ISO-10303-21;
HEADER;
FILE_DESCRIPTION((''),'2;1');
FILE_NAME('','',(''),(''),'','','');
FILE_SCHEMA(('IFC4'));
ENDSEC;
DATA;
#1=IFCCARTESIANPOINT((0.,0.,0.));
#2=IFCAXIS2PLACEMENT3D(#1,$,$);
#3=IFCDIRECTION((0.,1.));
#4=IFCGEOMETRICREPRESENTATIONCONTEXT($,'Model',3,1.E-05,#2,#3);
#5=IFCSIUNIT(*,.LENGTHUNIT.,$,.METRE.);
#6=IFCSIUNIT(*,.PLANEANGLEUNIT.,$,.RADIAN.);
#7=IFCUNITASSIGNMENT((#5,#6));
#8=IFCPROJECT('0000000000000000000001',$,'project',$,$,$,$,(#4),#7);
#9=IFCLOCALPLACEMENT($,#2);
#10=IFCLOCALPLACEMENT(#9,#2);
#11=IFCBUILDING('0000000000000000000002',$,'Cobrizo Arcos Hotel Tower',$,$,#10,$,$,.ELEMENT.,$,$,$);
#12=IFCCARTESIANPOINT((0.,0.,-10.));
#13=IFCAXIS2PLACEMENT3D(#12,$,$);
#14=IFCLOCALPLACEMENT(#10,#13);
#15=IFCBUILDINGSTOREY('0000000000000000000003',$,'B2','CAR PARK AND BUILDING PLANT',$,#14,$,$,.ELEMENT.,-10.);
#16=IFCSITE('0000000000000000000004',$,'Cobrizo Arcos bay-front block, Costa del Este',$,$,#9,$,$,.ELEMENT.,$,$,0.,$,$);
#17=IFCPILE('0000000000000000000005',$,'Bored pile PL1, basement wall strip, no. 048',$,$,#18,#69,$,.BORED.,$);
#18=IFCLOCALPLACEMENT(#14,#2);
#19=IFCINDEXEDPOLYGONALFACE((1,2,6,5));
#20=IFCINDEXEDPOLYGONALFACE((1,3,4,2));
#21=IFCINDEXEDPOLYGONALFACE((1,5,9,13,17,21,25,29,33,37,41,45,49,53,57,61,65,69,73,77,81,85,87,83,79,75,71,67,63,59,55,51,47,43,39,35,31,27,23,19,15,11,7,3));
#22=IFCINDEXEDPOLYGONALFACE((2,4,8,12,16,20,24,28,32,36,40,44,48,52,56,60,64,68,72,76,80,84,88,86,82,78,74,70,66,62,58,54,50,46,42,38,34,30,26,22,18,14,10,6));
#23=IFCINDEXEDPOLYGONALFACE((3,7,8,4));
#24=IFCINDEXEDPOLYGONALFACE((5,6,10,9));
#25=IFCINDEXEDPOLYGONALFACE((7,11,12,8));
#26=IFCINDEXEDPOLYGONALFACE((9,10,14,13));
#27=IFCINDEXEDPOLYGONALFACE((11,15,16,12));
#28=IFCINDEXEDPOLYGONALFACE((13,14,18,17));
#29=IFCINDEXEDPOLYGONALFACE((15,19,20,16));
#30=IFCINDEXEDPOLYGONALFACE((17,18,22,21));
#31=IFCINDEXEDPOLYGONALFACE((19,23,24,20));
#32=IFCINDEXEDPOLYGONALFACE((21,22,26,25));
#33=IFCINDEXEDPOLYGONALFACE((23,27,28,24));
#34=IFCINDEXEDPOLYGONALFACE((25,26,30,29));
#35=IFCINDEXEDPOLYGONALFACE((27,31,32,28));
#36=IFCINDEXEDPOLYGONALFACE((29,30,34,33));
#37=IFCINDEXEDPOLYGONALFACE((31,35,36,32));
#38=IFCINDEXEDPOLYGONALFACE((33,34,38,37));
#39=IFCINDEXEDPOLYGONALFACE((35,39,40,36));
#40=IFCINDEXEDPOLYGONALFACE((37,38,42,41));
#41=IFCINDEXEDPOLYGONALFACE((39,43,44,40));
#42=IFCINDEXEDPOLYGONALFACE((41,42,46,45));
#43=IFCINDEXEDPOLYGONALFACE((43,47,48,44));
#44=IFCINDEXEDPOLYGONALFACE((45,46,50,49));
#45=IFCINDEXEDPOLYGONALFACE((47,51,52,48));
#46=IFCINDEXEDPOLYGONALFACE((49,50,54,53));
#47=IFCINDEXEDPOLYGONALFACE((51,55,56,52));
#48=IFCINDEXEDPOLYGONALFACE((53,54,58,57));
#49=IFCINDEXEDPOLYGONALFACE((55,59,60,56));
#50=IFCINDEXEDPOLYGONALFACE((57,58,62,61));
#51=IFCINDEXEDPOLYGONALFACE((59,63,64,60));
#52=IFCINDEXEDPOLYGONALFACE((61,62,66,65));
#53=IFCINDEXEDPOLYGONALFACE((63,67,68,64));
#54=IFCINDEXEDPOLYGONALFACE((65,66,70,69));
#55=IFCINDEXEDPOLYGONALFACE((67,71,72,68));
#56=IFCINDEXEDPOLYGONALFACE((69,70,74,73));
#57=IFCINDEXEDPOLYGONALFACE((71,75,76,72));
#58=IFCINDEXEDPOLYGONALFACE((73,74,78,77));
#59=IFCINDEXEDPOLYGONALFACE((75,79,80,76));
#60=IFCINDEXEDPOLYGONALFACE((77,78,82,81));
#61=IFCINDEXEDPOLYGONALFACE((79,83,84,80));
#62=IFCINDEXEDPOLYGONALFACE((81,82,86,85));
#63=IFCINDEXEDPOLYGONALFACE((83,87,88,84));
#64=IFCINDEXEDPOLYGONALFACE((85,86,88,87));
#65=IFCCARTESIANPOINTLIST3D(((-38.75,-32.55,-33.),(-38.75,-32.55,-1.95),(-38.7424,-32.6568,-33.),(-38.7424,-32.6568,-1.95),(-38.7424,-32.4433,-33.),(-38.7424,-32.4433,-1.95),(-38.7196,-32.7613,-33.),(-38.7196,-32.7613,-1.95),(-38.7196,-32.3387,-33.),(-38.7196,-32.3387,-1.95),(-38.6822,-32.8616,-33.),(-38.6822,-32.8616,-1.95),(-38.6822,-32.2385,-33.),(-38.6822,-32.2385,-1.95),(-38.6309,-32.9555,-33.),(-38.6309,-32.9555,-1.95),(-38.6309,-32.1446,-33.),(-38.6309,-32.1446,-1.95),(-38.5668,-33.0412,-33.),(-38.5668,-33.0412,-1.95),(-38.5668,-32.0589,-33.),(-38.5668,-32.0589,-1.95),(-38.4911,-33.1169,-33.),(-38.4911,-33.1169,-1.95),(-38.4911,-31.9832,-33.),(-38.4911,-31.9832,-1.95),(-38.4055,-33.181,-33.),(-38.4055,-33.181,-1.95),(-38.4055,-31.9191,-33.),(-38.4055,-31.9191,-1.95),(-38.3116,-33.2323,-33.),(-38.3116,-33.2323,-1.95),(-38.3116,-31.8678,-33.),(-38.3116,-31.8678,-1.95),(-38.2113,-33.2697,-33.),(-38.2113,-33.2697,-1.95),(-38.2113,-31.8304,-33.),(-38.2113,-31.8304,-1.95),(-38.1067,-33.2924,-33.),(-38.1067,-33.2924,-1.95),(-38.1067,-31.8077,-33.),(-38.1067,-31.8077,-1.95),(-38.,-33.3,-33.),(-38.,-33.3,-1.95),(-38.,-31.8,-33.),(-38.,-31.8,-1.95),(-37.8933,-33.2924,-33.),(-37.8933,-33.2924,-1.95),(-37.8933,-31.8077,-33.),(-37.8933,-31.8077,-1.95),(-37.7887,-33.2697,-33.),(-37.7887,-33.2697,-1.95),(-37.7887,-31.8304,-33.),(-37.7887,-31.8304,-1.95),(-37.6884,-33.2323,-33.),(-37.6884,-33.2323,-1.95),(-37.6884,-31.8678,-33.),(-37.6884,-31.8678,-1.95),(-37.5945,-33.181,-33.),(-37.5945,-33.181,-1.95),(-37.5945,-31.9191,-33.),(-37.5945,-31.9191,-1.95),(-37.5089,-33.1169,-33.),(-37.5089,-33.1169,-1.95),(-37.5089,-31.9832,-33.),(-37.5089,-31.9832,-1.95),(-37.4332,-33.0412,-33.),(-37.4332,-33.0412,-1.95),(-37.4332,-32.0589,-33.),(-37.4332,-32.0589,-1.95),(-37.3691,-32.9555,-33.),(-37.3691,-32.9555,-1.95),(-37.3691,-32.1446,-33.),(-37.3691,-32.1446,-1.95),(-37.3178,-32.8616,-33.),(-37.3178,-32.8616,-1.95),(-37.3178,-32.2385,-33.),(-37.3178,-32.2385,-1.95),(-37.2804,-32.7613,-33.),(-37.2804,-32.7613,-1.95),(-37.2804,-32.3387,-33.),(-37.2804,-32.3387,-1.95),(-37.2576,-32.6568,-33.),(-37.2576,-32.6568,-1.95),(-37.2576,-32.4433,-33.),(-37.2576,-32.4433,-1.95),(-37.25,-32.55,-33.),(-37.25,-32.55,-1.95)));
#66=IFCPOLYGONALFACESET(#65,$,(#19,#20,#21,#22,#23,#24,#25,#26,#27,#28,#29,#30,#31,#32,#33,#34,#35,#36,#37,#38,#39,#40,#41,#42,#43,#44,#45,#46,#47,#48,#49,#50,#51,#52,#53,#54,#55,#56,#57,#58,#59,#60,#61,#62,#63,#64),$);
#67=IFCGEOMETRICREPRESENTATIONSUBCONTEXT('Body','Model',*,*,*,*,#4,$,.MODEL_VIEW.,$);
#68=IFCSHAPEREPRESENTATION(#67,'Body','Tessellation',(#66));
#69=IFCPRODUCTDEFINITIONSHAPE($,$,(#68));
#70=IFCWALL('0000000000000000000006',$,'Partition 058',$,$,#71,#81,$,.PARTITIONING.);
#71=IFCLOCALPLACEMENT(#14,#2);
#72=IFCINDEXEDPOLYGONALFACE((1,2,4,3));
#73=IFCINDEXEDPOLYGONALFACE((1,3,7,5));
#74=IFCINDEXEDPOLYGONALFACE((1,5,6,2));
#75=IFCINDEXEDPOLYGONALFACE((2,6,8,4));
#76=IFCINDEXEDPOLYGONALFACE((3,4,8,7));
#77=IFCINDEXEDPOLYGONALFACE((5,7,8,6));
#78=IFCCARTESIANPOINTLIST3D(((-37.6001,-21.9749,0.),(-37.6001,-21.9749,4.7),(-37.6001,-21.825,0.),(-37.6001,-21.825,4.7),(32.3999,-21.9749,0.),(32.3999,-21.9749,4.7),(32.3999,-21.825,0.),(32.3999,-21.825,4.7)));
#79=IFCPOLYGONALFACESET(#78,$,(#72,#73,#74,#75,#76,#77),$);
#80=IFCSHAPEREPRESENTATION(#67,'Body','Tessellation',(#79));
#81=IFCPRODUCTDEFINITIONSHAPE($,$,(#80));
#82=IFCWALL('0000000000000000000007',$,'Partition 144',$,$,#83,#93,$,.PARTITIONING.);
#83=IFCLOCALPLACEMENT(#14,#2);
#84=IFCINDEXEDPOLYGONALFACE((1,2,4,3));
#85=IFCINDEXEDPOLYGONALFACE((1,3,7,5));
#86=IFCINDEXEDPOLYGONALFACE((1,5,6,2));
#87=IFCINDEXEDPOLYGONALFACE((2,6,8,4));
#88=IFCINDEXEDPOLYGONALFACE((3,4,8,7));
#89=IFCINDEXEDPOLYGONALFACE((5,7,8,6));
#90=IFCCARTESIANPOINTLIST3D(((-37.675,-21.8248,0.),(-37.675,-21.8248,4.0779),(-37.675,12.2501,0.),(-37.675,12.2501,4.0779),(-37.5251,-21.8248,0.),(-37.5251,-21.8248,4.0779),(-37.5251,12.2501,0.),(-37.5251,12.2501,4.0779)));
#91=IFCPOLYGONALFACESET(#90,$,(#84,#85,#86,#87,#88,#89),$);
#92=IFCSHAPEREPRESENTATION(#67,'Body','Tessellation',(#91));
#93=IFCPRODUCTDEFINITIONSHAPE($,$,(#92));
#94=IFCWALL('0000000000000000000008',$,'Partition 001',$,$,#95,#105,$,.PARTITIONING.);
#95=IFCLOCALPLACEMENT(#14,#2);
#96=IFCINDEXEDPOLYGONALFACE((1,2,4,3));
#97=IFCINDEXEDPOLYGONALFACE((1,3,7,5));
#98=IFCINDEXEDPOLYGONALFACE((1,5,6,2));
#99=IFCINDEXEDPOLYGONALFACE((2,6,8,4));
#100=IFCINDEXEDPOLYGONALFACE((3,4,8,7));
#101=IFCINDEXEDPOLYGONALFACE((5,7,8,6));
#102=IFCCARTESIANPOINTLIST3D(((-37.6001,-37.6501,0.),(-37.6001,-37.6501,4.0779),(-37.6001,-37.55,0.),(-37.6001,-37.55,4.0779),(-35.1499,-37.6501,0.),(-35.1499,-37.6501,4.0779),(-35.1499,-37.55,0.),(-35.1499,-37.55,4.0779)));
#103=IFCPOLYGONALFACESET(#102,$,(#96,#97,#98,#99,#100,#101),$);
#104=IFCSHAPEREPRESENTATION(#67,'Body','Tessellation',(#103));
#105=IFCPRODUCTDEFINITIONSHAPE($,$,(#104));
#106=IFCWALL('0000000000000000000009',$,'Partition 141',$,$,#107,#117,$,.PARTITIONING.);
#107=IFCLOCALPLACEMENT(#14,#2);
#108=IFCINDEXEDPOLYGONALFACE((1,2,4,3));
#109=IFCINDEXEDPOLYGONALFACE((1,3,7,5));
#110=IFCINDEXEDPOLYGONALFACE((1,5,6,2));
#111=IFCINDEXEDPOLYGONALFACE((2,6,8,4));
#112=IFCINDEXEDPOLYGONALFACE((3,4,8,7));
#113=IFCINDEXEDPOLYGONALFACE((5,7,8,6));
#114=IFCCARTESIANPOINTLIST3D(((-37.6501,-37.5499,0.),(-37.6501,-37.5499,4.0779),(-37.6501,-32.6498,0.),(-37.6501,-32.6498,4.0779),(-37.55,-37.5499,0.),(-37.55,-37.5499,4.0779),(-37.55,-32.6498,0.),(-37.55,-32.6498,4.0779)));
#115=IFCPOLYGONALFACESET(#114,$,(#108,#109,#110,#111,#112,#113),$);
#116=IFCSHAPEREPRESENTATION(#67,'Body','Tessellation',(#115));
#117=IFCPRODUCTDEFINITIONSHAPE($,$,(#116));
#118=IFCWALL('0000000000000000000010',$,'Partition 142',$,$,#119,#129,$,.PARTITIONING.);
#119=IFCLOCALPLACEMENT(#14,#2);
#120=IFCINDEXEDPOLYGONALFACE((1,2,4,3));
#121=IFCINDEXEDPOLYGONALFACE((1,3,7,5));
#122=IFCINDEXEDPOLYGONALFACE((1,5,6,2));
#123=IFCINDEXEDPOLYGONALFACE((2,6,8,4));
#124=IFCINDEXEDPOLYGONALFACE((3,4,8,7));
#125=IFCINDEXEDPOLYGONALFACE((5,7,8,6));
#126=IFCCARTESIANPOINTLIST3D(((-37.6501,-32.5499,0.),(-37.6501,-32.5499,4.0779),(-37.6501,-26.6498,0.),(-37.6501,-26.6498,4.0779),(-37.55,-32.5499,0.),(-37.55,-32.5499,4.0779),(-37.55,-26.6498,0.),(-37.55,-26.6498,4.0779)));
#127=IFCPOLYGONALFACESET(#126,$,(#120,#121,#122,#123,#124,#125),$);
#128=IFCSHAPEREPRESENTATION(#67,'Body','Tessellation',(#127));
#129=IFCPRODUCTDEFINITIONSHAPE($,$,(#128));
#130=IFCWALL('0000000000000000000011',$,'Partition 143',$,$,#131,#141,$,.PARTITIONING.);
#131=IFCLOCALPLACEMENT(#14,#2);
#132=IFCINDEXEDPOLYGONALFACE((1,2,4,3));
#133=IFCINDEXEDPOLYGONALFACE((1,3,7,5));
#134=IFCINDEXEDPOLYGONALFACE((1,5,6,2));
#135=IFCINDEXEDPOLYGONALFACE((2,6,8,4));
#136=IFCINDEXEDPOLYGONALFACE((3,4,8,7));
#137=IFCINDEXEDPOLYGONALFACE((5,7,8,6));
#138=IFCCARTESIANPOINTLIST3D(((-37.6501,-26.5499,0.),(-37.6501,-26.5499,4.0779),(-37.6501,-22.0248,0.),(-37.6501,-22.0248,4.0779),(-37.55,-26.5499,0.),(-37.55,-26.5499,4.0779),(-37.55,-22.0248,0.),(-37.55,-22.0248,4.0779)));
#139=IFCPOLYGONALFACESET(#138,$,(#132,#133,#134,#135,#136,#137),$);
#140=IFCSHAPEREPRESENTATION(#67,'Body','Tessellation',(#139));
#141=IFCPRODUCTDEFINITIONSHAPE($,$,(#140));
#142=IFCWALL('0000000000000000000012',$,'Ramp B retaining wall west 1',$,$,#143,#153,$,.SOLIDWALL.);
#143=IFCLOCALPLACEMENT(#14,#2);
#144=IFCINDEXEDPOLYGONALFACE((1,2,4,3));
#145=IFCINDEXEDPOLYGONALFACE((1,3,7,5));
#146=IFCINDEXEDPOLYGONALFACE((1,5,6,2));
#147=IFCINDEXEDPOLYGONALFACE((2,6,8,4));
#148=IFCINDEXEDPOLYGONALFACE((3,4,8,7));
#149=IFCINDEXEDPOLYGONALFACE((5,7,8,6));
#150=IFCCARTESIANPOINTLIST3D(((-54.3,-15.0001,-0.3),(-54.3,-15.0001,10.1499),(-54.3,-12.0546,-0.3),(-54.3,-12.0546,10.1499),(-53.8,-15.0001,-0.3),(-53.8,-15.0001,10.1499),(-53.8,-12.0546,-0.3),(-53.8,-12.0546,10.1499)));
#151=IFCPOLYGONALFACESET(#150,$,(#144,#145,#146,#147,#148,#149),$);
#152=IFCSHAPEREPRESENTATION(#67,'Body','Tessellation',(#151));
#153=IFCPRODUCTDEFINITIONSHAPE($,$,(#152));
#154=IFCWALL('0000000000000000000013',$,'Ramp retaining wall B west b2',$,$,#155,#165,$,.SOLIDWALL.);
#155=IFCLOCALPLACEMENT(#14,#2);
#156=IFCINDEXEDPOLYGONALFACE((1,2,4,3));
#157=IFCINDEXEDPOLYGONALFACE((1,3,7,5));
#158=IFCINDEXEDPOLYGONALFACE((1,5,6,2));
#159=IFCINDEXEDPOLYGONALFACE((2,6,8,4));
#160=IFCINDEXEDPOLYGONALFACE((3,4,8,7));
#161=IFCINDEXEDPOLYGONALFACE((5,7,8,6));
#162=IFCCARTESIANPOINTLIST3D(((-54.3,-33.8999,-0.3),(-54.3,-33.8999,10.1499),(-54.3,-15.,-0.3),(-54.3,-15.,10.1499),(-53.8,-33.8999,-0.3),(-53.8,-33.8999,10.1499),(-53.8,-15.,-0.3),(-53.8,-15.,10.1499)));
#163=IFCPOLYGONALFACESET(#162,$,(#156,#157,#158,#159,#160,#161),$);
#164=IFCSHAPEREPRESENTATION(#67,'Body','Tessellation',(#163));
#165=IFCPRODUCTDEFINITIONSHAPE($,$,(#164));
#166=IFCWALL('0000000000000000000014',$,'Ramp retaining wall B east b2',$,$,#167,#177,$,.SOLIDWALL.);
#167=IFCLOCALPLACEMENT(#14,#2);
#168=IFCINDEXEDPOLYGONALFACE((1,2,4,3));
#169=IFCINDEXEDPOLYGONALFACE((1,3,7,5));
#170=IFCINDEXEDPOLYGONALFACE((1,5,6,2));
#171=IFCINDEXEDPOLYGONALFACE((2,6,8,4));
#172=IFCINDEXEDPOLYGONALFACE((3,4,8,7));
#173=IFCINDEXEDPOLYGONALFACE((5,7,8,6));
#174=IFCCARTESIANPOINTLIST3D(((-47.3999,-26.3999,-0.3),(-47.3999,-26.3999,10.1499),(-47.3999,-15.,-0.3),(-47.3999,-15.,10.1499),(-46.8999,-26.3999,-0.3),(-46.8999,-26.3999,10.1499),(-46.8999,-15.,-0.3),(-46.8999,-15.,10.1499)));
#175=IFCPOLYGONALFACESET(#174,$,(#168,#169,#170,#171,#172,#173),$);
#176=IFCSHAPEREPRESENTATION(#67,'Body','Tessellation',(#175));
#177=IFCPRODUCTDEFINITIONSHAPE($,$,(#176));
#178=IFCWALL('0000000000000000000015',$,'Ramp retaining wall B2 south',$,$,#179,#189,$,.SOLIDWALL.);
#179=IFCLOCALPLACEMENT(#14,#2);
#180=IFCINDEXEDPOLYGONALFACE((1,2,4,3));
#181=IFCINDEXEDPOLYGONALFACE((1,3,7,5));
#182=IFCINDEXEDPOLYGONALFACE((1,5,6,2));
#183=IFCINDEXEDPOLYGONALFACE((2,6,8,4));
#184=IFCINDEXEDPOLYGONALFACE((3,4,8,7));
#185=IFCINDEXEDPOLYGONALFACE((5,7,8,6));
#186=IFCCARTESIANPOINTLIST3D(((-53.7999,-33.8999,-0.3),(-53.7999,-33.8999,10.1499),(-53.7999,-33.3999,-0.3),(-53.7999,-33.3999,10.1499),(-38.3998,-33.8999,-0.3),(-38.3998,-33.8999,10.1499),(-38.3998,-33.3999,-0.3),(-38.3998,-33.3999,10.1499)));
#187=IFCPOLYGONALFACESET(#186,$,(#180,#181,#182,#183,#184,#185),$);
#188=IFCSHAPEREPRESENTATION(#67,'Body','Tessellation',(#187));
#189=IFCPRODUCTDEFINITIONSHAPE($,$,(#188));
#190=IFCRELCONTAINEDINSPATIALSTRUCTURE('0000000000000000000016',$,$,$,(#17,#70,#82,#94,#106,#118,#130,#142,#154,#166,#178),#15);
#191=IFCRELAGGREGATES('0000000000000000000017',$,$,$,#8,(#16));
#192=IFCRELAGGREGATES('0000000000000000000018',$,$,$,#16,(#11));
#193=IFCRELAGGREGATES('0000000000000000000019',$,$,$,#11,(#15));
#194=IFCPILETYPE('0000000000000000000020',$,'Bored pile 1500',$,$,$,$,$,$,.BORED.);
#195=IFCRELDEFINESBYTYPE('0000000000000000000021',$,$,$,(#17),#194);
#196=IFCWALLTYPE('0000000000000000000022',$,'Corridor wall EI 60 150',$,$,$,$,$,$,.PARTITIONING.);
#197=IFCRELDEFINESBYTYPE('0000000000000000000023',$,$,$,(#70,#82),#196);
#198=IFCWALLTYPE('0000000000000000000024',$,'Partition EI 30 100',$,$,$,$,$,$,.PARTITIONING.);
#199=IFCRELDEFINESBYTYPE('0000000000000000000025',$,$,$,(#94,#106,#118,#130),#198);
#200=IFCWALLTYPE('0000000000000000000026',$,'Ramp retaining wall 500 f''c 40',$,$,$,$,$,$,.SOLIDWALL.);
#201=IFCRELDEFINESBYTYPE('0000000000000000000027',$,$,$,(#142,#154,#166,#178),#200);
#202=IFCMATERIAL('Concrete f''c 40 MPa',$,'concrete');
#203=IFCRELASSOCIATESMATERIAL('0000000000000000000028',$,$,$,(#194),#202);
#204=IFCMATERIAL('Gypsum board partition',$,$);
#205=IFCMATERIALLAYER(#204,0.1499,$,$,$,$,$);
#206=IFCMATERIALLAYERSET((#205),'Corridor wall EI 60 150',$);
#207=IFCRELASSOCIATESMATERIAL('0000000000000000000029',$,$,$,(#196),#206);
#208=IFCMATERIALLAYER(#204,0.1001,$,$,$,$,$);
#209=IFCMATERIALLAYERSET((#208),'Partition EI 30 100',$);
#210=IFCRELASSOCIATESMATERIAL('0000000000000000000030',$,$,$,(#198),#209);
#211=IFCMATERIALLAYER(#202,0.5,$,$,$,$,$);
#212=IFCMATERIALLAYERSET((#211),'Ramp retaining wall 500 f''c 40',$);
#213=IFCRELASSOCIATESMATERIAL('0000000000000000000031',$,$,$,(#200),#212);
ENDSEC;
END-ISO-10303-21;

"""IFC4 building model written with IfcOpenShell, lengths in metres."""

from ifc_helpers import new_model, si_unit, direction, frame, frame_2d, origin, origin_2d, place, context, subcontext, project, spatial, rectangle, circle, extrude, material, layer, layer_set, material_profile, profile_set, type_object, element, save


model = new_model("IFC4")

# Units and contexts
model_context = context("Model", 3, precision=1e-05, world=origin(), true_north=direction((0.0, 1.0)))
body_context = subcontext(model_context, "Body", "Model", "MODEL_VIEW")
ifc_project = project(units=[si_unit("LENGTHUNIT", "METRE"), si_unit("PLANEANGLEUNIT", "RADIAN")], contexts=[model_context])

# Site, building, storey
site_placement = place(None, origin())
site = spatial("IfcSite", under=ifc_project, at=site_placement, Name="Cobrizo Arcos bay-front block, Costa del Este", CompositionType="ELEMENT", RefElevation=0.0)
building_placement = place(site_placement, origin())
building = spatial("IfcBuilding", under=site, at=building_placement, Name="Cobrizo Arcos Hotel Tower", CompositionType="ELEMENT")
storey_placement = place(building_placement, frame((0.0, 0.0, -10.0)))
storey = spatial("IfcBuildingStorey", under=building, at=storey_placement, Name="B2", Description="CAR PARK AND BUILDING PLANT", CompositionType="ELEMENT", Elevation=-10.0)

# Pile
ifc_material_1 = material(Name="Concrete f'c 40 MPa", Category="concrete")
ifc_material_profile = material_profile(ifc_material_1, circle(Radius=0.75, at=origin_2d()), Name="BORED PILE 1500")
ifc_profile_set = profile_set([ifc_material_profile], Name="Concrete f'c 40 MPa")
pile_type = type_object("IfcPileType", Name="Bored pile 1500", PredefinedType="BORED", material=ifc_profile_set)
for number, where, z_axis, x_axis, name in (
    (1, (-38.0, -32.55, -1.95), (0.0, 0.0, -1.0), (1.0, 0.0, 0.0), "Bored pile PL1, basement wall strip, no. 048"),
):
    element("IfcPile", number, at=place(storey_placement, frame(where, z_axis=z_axis, x_axis=x_axis)), inside=storey, type_object=pile_type, Name=name, PredefinedType="BORED", context=body_context, shape_type="SweptSolid", body=[
        extrude(circle(Radius=0.75, at=origin_2d()), origin(), (0.0, 0.0, 1.0), 31.05),
    ])

# Walls
ifc_material_2 = material(Name="Gypsum board partition")
ifc_layer_1 = layer(ifc_material_2, 0.1499)
ifc_layer_set_1 = layer_set([ifc_layer_1], Name="Corridor wall EI 60 150")
wall_type_1 = type_object("IfcWallType", Name="Corridor wall EI 60 150", PredefinedType="PARTITIONING", material=ifc_layer_set_1)
wall_1_placement = place(storey_placement, frame((-37.6001, -21.8999, 0.0), z_axis=(0.0, 0.0, 1.0), x_axis=(1.0, 0.0, 0.0)))
element("IfcWall", 2, at=wall_1_placement, inside=storey, type_object=wall_type_1, Name="Partition 058", PredefinedType="PARTITIONING", context=body_context, shape_type="SweptSolid", body=[
    extrude(rectangle(XDim=70.0, YDim=0.1499, at=frame_2d((35.0, 0.0))), origin(), (0.0, 0.0, 1.0), 4.7),
])
wall_2_placement = place(storey_placement, frame((-37.6001, -21.825, 0.0), z_axis=(0.0, 0.0, 1.0), x_axis=(0.0, 1.0, 0.0)))
element("IfcWall", 3, at=wall_2_placement, inside=storey, type_object=wall_type_1, Name="Partition 144", PredefinedType="PARTITIONING", context=body_context, shape_type="SweptSolid", body=[
    extrude(rectangle(XDim=34.075, YDim=0.1499, at=frame_2d((17.0376, 0.0))), origin(), (0.0, 0.0, 1.0), 4.0779),
])
ifc_layer_2 = layer(ifc_material_2, 0.1001)
ifc_layer_set_2 = layer_set([ifc_layer_2], Name="Partition EI 30 100")
wall_type_2 = type_object("IfcWallType", Name="Partition EI 30 100", PredefinedType="PARTITIONING", material=ifc_layer_set_2)
wall_3_placement = place(storey_placement, frame((-37.6001, -37.6001, 0.0), z_axis=(0.0, 0.0, 1.0), x_axis=(1.0, 0.0, 0.0)))
element("IfcWall", 4, at=wall_3_placement, inside=storey, type_object=wall_type_2, Name="Partition 001", PredefinedType="PARTITIONING", context=body_context, shape_type="SweptSolid", body=[
    extrude(rectangle(XDim=2.4502, YDim=0.1001, at=frame_2d((1.2251, 0.0))), origin(), (0.0, 0.0, 1.0), 4.0779),
])
wall_4_placement = place(storey_placement, frame((-37.6001, -37.55, 0.0), z_axis=(0.0, 0.0, 1.0), x_axis=(0.0, 1.0, 0.0)))
element("IfcWall", 5, at=wall_4_placement, inside=storey, type_object=wall_type_2, Name="Partition 141", PredefinedType="PARTITIONING", context=body_context, shape_type="SweptSolid", body=[
    extrude(rectangle(XDim=4.9001, YDim=0.1001, at=frame_2d((2.4502, 0.0))), origin(), (0.0, 0.0, 1.0), 4.0779),
])
wall_5_placement = place(storey_placement, frame((-37.6001, -32.55, 0.0), z_axis=(0.0, 0.0, 1.0), x_axis=(0.0, 1.0, 0.0)))
element("IfcWall", 6, at=wall_5_placement, inside=storey, type_object=wall_type_2, Name="Partition 142", PredefinedType="PARTITIONING", context=body_context, shape_type="SweptSolid", body=[
    extrude(rectangle(XDim=5.9001, YDim=0.1001, at=frame_2d((2.9502, 0.0))), origin(), (0.0, 0.0, 1.0), 4.0779),
])
wall_6_placement = place(storey_placement, frame((-37.6001, -26.55, 0.0), z_axis=(0.0, 0.0, 1.0), x_axis=(0.0, 1.0, 0.0)))
element("IfcWall", 7, at=wall_6_placement, inside=storey, type_object=wall_type_2, Name="Partition 143", PredefinedType="PARTITIONING", context=body_context, shape_type="SweptSolid", body=[
    extrude(rectangle(XDim=4.5251, YDim=0.1001, at=frame_2d((2.2627, 0.0))), origin(), (0.0, 0.0, 1.0), 4.0779),
])
ifc_layer_3 = layer(ifc_material_1, 0.5)
ifc_layer_set_3 = layer_set([ifc_layer_3], Name="Ramp retaining wall 500 f'c 40")
wall_type_3 = type_object("IfcWallType", Name="Ramp retaining wall 500 f'c 40", PredefinedType="SOLIDWALL", material=ifc_layer_set_3)
wall_7_placement = place(storey_placement, frame((-54.05, -15.0, -0.3), z_axis=(0.0, 0.0, 1.0), x_axis=(0.0, 1.0, 0.0)))
element("IfcWall", 8, at=wall_7_placement, inside=storey, type_object=wall_type_3, Name="Ramp B retaining wall west 1", PredefinedType="SOLIDWALL", context=body_context, shape_type="SweptSolid", body=[
    extrude(rectangle(XDim=2.9456, YDim=0.5, at=frame_2d((1.4727, 0.0))), origin(), (0.0, 0.0, 1.0), 10.45),
])
wall_8_placement = place(storey_placement, frame((-54.05, -33.8999, -0.3), z_axis=(0.0, 0.0, 1.0), x_axis=(0.0, 1.0, 0.0)))
element("IfcWall", 9, at=wall_8_placement, inside=storey, type_object=wall_type_3, Name="Ramp retaining wall B west b2", PredefinedType="SOLIDWALL", context=body_context, shape_type="SweptSolid", body=[
    extrude(rectangle(XDim=18.8999, YDim=0.5, at=frame_2d((9.45, 0.0))), origin(), (0.0, 0.0, 1.0), 10.45),
])
wall_9_placement = place(storey_placement, frame((-47.1499, -26.3999, -0.3), z_axis=(0.0, 0.0, 1.0), x_axis=(0.0, 1.0, 0.0)))
element("IfcWall", 10, at=wall_9_placement, inside=storey, type_object=wall_type_3, Name="Ramp retaining wall B east b2", PredefinedType="SOLIDWALL", context=body_context, shape_type="SweptSolid", body=[
    extrude(rectangle(XDim=11.3999, YDim=0.5, at=frame_2d((5.7, 0.0))), origin(), (0.0, 0.0, 1.0), 10.45),
])
wall_10_placement = place(storey_placement, frame((-53.8, -33.6499, -0.3), z_axis=(0.0, 0.0, 1.0), x_axis=(1.0, 0.0, 0.0)))
element("IfcWall", 11, at=wall_10_placement, inside=storey, type_object=wall_type_3, Name="Ramp retaining wall B2 south", PredefinedType="SOLIDWALL", context=body_context, shape_type="SweptSolid", body=[
    extrude(rectangle(XDim=15.4001, YDim=0.5, at=frame_2d((7.7002, 0.0))), origin(), (0.0, 0.0, 1.0), 10.45),
])

save(model, "model.ifc")
